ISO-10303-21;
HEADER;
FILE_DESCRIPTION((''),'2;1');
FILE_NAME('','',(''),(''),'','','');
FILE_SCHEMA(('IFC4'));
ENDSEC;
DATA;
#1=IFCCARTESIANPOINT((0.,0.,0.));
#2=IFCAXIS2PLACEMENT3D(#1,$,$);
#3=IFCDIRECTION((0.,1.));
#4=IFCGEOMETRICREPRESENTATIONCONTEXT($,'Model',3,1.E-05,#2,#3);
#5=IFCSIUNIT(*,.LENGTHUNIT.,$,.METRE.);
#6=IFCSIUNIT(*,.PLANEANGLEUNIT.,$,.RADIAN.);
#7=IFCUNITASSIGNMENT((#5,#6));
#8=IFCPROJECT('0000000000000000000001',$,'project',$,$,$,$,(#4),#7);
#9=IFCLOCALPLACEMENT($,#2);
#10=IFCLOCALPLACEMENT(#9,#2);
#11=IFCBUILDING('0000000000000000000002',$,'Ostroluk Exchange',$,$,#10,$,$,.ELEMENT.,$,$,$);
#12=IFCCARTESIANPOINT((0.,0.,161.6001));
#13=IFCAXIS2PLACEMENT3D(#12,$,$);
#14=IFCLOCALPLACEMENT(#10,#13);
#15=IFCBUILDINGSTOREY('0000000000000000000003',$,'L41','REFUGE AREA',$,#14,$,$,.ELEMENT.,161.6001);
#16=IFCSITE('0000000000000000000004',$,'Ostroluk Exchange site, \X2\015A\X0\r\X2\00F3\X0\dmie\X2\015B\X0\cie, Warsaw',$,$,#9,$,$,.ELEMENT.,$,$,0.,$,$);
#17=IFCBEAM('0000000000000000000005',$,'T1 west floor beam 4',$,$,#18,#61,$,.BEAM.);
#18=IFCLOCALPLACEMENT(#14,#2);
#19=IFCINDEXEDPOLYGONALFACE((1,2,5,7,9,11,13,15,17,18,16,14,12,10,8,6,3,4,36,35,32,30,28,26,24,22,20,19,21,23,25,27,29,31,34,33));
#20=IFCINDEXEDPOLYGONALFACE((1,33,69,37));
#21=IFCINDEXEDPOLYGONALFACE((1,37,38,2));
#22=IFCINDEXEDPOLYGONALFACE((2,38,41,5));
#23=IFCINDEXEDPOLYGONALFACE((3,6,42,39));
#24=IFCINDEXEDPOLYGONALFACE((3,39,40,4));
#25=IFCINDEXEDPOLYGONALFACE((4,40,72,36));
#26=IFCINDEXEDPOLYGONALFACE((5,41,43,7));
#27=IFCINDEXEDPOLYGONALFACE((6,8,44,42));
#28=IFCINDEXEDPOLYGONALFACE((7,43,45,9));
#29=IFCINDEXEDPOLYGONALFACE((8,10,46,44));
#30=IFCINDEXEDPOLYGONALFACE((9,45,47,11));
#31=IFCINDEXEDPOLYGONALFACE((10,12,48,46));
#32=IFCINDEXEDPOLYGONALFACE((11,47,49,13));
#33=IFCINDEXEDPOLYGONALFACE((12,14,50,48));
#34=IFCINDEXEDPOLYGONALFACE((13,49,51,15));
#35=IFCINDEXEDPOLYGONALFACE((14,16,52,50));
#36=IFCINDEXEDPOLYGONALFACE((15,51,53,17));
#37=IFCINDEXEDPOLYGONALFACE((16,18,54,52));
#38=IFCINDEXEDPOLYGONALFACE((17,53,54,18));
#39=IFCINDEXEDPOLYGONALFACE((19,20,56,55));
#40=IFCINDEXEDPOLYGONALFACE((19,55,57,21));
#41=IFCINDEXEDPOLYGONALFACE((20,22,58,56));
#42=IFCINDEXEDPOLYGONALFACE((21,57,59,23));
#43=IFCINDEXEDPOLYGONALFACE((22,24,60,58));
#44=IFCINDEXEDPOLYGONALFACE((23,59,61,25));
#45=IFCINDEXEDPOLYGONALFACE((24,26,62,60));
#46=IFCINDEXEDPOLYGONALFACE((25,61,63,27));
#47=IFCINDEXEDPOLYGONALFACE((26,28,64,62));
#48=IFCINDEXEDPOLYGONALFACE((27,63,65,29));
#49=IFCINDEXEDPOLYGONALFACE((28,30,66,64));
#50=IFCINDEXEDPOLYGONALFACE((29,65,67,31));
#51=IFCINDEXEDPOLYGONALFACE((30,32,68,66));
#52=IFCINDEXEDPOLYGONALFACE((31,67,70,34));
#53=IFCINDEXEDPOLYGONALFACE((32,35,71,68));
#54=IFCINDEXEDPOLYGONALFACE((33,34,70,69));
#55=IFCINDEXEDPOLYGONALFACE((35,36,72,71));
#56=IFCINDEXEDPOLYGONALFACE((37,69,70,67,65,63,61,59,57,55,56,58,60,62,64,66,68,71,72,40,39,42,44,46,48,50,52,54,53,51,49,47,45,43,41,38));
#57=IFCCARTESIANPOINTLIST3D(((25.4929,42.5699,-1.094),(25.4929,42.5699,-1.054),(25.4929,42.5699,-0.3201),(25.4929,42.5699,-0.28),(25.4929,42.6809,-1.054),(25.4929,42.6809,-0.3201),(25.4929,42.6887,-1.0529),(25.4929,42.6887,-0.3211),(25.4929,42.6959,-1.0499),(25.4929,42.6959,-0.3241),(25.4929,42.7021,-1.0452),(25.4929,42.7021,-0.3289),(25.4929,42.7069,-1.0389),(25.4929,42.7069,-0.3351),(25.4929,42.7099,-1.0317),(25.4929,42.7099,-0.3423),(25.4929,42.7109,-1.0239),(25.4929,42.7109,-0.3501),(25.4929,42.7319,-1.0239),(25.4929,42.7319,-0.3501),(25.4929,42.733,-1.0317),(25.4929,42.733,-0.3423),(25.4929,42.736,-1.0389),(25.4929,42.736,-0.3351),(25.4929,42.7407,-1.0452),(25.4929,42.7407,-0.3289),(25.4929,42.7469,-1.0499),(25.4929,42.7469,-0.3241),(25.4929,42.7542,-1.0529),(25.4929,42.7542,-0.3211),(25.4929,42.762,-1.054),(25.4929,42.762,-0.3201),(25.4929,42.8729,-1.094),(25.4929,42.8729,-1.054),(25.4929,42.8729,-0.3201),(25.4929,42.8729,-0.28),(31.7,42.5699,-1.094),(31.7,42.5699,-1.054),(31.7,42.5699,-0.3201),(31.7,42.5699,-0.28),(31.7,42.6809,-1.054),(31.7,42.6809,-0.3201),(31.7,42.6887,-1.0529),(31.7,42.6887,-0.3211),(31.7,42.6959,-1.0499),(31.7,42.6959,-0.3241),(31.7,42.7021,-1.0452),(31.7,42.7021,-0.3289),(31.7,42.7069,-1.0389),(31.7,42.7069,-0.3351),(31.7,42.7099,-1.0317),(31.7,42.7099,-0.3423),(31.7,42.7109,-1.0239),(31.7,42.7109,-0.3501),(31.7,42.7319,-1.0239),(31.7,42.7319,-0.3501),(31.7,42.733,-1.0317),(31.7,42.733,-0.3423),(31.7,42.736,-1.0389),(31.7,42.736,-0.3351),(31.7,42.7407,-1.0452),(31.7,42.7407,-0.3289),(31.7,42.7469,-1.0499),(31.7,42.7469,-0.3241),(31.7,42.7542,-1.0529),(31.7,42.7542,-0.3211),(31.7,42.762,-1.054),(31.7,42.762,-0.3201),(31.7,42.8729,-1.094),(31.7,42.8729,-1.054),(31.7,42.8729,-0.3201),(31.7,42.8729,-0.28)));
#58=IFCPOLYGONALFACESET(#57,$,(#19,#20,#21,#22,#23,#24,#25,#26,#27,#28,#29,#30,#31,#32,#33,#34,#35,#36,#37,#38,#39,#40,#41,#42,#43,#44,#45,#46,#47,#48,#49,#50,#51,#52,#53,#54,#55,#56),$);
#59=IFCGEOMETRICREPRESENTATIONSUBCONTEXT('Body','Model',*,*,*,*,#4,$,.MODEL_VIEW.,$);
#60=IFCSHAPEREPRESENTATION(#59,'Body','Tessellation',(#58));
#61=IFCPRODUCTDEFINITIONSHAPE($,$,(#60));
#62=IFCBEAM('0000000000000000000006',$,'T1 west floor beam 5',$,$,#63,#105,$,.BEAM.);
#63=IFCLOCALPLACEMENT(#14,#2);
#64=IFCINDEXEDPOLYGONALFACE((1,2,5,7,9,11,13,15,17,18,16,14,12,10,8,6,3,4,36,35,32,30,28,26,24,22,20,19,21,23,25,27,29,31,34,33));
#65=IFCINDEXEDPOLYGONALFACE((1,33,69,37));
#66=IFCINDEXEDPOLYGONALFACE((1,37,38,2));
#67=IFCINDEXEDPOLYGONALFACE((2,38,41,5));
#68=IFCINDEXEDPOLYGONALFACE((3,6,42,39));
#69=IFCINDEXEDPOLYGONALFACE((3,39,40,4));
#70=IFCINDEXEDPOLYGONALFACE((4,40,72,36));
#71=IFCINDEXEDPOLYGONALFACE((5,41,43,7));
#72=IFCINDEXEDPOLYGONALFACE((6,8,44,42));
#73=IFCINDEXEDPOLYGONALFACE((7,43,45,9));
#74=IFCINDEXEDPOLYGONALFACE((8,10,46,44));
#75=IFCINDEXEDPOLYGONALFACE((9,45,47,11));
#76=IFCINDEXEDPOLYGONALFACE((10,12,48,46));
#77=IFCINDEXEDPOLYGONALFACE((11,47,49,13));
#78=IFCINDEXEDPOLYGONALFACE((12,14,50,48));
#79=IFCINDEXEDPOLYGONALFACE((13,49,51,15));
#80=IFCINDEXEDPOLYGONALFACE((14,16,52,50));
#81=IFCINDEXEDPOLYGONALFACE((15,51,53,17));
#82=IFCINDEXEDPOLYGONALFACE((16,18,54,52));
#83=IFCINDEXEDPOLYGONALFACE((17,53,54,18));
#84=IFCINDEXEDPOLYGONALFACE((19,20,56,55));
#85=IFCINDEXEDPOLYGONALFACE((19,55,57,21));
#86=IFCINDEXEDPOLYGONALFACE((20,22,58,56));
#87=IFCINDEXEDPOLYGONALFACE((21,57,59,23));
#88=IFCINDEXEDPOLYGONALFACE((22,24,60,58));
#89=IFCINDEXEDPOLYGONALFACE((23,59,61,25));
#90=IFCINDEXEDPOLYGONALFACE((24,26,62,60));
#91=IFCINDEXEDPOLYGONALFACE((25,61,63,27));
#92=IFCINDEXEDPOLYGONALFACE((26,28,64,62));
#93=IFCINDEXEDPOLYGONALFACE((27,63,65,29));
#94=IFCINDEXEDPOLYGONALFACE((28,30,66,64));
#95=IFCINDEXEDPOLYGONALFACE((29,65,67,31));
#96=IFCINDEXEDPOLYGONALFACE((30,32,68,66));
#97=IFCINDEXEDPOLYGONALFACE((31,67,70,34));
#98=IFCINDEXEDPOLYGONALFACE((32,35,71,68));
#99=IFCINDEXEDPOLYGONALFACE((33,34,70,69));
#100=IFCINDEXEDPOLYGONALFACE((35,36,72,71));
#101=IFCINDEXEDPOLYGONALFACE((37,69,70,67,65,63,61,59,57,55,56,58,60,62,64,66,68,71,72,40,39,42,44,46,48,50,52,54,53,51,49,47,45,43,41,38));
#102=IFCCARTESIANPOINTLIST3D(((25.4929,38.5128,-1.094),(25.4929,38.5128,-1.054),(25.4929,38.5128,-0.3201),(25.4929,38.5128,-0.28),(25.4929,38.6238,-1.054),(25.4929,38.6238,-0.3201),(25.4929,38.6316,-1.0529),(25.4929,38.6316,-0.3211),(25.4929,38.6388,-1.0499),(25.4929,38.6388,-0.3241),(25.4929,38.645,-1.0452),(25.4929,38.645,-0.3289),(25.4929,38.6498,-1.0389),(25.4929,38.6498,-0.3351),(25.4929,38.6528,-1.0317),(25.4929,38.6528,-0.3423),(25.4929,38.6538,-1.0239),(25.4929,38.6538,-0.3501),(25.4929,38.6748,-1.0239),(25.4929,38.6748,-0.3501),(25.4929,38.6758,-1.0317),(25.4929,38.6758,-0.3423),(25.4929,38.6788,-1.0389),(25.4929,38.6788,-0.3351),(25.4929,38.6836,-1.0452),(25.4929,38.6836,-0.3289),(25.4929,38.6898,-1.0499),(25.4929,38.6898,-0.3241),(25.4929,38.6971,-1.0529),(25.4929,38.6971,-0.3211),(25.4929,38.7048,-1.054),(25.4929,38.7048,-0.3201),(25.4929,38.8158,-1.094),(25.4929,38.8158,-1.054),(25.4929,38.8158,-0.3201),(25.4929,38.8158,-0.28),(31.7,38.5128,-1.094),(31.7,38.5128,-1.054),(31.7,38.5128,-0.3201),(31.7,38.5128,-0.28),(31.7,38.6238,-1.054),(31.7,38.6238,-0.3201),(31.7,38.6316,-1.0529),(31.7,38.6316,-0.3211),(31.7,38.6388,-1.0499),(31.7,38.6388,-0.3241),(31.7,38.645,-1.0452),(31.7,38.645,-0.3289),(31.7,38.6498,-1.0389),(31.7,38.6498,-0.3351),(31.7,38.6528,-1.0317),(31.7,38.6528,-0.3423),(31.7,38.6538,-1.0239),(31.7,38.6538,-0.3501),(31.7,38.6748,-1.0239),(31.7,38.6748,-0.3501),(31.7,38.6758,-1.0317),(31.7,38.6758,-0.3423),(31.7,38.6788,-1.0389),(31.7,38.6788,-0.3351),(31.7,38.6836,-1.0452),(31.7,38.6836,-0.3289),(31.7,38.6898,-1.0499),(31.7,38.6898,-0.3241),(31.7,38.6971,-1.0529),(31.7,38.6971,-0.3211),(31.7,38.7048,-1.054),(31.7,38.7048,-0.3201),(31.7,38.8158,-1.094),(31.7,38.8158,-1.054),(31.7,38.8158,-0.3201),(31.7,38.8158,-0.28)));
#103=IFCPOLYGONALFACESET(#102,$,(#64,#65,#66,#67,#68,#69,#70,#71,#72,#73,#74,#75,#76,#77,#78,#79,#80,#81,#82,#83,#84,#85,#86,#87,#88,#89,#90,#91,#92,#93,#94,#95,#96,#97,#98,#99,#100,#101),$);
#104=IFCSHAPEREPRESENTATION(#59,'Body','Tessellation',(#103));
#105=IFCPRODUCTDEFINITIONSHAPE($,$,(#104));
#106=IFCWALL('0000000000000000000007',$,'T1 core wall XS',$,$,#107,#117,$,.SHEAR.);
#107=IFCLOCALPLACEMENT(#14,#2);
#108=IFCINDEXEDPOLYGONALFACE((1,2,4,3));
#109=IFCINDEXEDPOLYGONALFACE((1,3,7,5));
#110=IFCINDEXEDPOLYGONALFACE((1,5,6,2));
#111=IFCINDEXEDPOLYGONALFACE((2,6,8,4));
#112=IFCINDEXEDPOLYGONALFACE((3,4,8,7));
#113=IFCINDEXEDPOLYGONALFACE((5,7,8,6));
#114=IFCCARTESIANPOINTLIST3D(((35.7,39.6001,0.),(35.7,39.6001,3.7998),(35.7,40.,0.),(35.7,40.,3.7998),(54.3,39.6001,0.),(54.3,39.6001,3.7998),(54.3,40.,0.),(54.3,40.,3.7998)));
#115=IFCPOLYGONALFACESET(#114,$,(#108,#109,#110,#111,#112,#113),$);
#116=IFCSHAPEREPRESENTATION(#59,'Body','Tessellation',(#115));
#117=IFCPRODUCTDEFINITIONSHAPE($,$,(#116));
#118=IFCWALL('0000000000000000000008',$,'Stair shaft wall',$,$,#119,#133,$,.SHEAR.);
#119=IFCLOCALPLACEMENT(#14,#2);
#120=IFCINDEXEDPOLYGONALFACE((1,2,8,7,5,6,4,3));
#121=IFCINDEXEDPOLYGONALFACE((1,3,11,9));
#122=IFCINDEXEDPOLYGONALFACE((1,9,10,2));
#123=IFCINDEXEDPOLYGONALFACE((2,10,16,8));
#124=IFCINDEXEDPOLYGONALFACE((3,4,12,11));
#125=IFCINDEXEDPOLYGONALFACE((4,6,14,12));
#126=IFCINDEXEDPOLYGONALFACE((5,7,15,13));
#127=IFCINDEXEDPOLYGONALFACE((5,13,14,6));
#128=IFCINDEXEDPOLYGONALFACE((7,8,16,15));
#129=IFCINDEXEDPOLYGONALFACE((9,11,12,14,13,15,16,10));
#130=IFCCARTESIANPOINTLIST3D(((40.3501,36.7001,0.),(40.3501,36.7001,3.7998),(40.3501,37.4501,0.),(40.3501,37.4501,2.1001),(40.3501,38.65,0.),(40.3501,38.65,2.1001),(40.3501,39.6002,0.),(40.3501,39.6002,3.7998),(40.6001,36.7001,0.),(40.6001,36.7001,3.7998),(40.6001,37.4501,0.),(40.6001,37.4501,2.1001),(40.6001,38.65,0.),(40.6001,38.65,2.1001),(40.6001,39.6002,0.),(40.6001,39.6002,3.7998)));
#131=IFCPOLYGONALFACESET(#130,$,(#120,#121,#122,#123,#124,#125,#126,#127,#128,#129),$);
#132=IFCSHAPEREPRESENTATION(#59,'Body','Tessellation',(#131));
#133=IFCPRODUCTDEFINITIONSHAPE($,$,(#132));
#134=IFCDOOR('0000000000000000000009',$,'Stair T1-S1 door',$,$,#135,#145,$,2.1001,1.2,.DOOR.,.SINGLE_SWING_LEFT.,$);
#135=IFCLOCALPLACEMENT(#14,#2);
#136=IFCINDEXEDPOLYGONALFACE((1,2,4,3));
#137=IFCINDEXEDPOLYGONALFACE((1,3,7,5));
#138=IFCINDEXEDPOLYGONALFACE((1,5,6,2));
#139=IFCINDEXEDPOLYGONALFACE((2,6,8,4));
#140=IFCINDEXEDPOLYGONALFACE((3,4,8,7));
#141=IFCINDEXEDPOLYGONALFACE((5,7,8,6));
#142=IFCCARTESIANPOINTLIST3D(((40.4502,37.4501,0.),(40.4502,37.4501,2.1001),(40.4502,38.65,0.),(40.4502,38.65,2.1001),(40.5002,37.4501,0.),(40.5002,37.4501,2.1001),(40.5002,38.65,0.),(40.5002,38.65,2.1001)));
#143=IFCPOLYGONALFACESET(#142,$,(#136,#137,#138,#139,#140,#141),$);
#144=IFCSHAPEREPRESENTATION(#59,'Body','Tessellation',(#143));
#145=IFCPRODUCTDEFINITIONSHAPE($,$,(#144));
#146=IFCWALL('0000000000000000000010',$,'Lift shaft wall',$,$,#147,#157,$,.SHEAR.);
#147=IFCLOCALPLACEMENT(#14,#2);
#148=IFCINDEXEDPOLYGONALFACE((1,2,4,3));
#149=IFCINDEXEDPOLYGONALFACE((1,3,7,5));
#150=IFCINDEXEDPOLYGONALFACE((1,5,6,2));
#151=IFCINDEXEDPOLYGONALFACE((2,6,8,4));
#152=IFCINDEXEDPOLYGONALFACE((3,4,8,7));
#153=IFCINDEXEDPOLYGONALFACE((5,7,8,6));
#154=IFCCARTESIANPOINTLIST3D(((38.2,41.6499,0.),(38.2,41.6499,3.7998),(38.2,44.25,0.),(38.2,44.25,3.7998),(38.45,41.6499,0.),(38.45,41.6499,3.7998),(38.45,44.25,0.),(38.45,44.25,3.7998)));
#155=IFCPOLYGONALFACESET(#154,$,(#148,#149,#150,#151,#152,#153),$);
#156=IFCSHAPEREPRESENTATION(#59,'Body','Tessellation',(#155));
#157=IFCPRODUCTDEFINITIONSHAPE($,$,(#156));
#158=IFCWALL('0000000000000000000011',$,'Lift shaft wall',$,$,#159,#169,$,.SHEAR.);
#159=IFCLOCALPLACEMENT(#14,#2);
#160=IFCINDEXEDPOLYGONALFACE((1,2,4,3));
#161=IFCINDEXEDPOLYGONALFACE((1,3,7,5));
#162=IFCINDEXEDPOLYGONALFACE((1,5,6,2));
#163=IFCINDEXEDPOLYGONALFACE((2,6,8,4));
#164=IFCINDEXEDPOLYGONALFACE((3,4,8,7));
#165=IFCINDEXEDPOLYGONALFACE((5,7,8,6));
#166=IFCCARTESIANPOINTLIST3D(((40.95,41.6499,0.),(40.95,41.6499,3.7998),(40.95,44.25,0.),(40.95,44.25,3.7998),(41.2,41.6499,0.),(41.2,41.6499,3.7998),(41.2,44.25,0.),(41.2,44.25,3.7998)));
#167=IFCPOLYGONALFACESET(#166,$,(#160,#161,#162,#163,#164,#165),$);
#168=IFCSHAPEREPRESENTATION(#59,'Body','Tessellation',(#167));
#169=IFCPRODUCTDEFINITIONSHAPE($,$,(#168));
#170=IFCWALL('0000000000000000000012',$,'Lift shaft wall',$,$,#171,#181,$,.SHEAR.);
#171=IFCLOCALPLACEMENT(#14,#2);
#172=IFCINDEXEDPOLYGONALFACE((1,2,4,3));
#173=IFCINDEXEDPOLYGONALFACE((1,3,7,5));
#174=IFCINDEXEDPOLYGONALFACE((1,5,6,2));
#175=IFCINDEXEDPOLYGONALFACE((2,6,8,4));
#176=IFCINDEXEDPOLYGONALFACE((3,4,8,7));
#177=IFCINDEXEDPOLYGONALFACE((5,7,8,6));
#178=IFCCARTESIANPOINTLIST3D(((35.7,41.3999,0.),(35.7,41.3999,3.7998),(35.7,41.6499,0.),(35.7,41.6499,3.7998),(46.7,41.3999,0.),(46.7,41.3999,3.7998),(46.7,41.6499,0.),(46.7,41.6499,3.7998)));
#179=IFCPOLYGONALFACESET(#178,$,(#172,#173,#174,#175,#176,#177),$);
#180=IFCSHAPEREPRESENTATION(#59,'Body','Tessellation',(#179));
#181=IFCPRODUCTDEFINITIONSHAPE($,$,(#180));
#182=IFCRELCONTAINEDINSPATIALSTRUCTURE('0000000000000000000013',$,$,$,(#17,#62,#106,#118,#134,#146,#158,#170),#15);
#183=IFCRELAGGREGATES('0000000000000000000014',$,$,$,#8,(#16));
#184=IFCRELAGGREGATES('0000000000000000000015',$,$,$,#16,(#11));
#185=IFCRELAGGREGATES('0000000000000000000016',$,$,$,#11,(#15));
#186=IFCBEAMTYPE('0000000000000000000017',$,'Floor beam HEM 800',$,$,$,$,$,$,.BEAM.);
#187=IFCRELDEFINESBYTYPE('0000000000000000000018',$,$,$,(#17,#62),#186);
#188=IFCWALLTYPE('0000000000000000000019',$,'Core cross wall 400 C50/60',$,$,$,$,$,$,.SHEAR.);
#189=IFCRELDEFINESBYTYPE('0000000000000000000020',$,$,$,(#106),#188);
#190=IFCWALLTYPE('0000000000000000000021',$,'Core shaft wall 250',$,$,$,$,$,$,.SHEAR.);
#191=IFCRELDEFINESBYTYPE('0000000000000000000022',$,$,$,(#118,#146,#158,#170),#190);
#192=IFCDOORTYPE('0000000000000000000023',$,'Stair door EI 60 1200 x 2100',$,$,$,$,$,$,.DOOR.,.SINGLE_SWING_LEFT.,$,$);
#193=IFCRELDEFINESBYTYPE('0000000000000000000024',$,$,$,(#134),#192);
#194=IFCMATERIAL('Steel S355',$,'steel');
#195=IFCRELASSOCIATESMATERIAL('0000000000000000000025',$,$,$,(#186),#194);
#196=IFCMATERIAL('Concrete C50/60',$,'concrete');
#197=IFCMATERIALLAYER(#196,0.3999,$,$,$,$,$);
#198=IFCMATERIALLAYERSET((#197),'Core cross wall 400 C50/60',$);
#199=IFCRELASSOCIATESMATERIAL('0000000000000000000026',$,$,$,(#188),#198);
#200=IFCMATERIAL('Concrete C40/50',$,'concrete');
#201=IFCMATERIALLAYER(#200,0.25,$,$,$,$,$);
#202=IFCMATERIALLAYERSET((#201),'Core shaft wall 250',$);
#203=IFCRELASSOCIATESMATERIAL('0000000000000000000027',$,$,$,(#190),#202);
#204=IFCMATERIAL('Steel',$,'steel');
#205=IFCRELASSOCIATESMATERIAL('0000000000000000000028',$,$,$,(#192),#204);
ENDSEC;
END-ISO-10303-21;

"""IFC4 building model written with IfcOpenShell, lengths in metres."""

from ifc_helpers import new_model, si_unit, direction, frame, frame_2d, origin, origin_2d, place, context, subcontext, project, spatial, rectangle, i_section, extrude, material, layer, layer_set, material_profile, profile_set, type_object, element, fill, save


model = new_model("IFC4")

# Units and contexts
model_context = context("Model", 3, precision=1e-05, world=origin(), true_north=direction((0.0, 1.0)))
body_context = subcontext(model_context, "Body", "Model", "MODEL_VIEW")
ifc_project = project(units=[si_unit("LENGTHUNIT", "METRE"), si_unit("PLANEANGLEUNIT", "RADIAN")], contexts=[model_context])

# Site, building, storey
site_placement = place(None, origin())
site = spatial("IfcSite", under=ifc_project, at=site_placement, Name="Ostroluk Exchange site, Śródmieście, Warsaw", CompositionType="ELEMENT", RefElevation=0.0)
building_placement = place(site_placement, origin())
building = spatial("IfcBuilding", under=site, at=building_placement, Name="Ostroluk Exchange", CompositionType="ELEMENT")
storey_placement = place(building_placement, frame((0.0, 0.0, 161.6001)))
storey = spatial("IfcBuildingStorey", under=building, at=storey_placement, Name="L41", Description="REFUGE AREA", CompositionType="ELEMENT", Elevation=161.6001)

# Beams
ifc_material_1 = material(Name="Steel S355", Category="steel")
ifc_material_profile = material_profile(ifc_material_1, i_section(OverallWidth=0.303, OverallDepth=0.814, WebThickness=0.021, FlangeThickness=0.04, FilletRadius=0.03, at=origin_2d()), Name="HEM 800")
ifc_profile_set = profile_set([ifc_material_profile], Name="Steel S355")
beam_type = type_object("IfcBeamType", Name="Floor beam HEM 800", PredefinedType="BEAM", material=ifc_profile_set)
for number, where, z_axis, x_axis, name in (
    (1, (31.7, 42.7214, -0.687), (-1.0, 0.0, 0.0), (0.0, -1.0, 0.0), "T1 west floor beam 4"),
    (2, (31.7, 38.6643, -0.687), (-1.0, 0.0, 0.0), (0.0, -1.0, 0.0), "T1 west floor beam 5"),
):
    element("IfcBeam", number, at=place(storey_placement, frame(where, z_axis=z_axis, x_axis=x_axis)), inside=storey, type_object=beam_type, Name=name, PredefinedType="BEAM", context=body_context, shape_type="SweptSolid", body=[
        extrude(i_section(OverallWidth=0.303, OverallDepth=0.814, WebThickness=0.021, FlangeThickness=0.04, FilletRadius=0.03, at=origin_2d()), origin(), (0.0, 0.0, 1.0), 6.207),
    ])

# Wall
ifc_material_2 = material(Name="Concrete C50/60", Category="concrete")
ifc_layer_1 = layer(ifc_material_2, 0.3999)
ifc_layer_set_1 = layer_set([ifc_layer_1], Name="Core cross wall 400 C50/60")
wall_type_1 = type_object("IfcWallType", Name="Core cross wall 400 C50/60", PredefinedType="SHEAR", material=ifc_layer_set_1)
wall_1_placement = place(storey_placement, frame((35.7, 39.8, 0.0), z_axis=(0.0, 0.0, 1.0), x_axis=(1.0, 0.0, 0.0)))
element("IfcWall", 3, at=wall_1_placement, inside=storey, type_object=wall_type_1, Name="T1 core wall XS", PredefinedType="SHEAR", context=body_context, shape_type="SweptSolid", body=[
    extrude(rectangle(XDim=18.6001, YDim=0.3999, at=frame_2d((9.3, 0.0))), origin(), (0.0, 0.0, 1.0), 3.7998),
])

# Wall, opening, door
ifc_material_3 = material(Name="Concrete C40/50", Category="concrete")
ifc_layer_2 = layer(ifc_material_3, 0.25)
ifc_layer_set_2 = layer_set([ifc_layer_2], Name="Core shaft wall 250")
wall_type_2 = type_object("IfcWallType", Name="Core shaft wall 250", PredefinedType="SHEAR", material=ifc_layer_set_2)
wall_2_placement = place(storey_placement, frame((40.4751, 36.7, 0.0), z_axis=(0.0, 0.0, 1.0), x_axis=(0.0, 1.0, 0.0)))
wall_2 = element("IfcWall", 4, at=wall_2_placement, inside=storey, type_object=wall_type_2, Name="Stair shaft wall", PredefinedType="SHEAR", context=body_context, shape_type="SweptSolid", body=[
    extrude(rectangle(XDim=2.9001, YDim=0.25, at=frame_2d((1.4502, 0.0))), origin(), (0.0, 0.0, 1.0), 3.7998),
])
opening_1_placement = place(wall_2_placement, frame((0.75, 0.0, 0.0)))
opening_1 = element("IfcOpeningElement", 5, at=opening_1_placement, cuts=wall_2, PredefinedType="OPENING", context=body_context, shape_type="SweptSolid", body=[
    extrude(rectangle(XDim=1.2, YDim=2.1001, at=frame_2d((0.6001, 1.05))), frame((0.0, 0.135, 0.0), z_axis=(0.0, -1.0, 0.0), x_axis=(1.0, 0.0, 0.0)), (0.0, 0.0, 1.0), 0.27),
])
ifc_material_4 = material(Name="Steel", Category="steel")
door_type_1 = type_object("IfcDoorType", Name="Stair door EI 60 1200 x 2100", OperationType="SINGLE_SWING_LEFT", PredefinedType="DOOR", material=ifc_material_4)
door_1_placement = place(opening_1_placement, origin())
door_1 = element("IfcDoor", 6, at=door_1_placement, inside=storey, type_object=door_type_1, Name="Stair T1-S1 door", OperationType="SINGLE_SWING_LEFT", OverallHeight=2.1001, OverallWidth=1.2, PredefinedType="DOOR", context=body_context, shape_type="SweptSolid", body=[
    extrude(rectangle(XDim=1.2, YDim=2.1001, at=frame_2d((0.6001, 1.05))), frame((0.0, 0.0249, 0.0), z_axis=(0.0, -1.0, 0.0), x_axis=(1.0, 0.0, 0.0)), (0.0, 0.0, 1.0), 0.05),
])
fill(opening_1, door_1)

# Walls
for number, where, z_axis, x_axis, name in (
    (7, (38.325, 44.25, 0.0), (0.0, 0.0, 1.0), (0.0, -1.0, 0.0), "Lift shaft wall"),
    (8, (41.075, 44.25, 0.0), (0.0, 0.0, 1.0), (0.0, -1.0, 0.0), "Lift shaft wall"),
):
    element("IfcWall", number, at=place(storey_placement, frame(where, z_axis=z_axis, x_axis=x_axis)), inside=storey, type_object=wall_type_2, Name=name, PredefinedType="SHEAR", context=body_context, shape_type="SweptSolid", body=[
        extrude(rectangle(XDim=2.6001, YDim=0.25, at=frame_2d((1.3, 0.0))), origin(), (0.0, 0.0, 1.0), 3.7998),
    ])
wall_3_placement = place(storey_placement, frame((35.7, 41.5249, 0.0), z_axis=(0.0, 0.0, 1.0), x_axis=(1.0, 0.0, 0.0)))
element("IfcWall", 9, at=wall_3_placement, inside=storey, type_object=wall_type_2, Name="Lift shaft wall", PredefinedType="SHEAR", context=body_context, shape_type="SweptSolid", body=[
    extrude(rectangle(XDim=11.0, YDim=0.25, at=frame_2d((5.5, 0.0))), origin(), (0.0, 0.0, 1.0), 3.7998),
])

save(model, "model.ifc")
